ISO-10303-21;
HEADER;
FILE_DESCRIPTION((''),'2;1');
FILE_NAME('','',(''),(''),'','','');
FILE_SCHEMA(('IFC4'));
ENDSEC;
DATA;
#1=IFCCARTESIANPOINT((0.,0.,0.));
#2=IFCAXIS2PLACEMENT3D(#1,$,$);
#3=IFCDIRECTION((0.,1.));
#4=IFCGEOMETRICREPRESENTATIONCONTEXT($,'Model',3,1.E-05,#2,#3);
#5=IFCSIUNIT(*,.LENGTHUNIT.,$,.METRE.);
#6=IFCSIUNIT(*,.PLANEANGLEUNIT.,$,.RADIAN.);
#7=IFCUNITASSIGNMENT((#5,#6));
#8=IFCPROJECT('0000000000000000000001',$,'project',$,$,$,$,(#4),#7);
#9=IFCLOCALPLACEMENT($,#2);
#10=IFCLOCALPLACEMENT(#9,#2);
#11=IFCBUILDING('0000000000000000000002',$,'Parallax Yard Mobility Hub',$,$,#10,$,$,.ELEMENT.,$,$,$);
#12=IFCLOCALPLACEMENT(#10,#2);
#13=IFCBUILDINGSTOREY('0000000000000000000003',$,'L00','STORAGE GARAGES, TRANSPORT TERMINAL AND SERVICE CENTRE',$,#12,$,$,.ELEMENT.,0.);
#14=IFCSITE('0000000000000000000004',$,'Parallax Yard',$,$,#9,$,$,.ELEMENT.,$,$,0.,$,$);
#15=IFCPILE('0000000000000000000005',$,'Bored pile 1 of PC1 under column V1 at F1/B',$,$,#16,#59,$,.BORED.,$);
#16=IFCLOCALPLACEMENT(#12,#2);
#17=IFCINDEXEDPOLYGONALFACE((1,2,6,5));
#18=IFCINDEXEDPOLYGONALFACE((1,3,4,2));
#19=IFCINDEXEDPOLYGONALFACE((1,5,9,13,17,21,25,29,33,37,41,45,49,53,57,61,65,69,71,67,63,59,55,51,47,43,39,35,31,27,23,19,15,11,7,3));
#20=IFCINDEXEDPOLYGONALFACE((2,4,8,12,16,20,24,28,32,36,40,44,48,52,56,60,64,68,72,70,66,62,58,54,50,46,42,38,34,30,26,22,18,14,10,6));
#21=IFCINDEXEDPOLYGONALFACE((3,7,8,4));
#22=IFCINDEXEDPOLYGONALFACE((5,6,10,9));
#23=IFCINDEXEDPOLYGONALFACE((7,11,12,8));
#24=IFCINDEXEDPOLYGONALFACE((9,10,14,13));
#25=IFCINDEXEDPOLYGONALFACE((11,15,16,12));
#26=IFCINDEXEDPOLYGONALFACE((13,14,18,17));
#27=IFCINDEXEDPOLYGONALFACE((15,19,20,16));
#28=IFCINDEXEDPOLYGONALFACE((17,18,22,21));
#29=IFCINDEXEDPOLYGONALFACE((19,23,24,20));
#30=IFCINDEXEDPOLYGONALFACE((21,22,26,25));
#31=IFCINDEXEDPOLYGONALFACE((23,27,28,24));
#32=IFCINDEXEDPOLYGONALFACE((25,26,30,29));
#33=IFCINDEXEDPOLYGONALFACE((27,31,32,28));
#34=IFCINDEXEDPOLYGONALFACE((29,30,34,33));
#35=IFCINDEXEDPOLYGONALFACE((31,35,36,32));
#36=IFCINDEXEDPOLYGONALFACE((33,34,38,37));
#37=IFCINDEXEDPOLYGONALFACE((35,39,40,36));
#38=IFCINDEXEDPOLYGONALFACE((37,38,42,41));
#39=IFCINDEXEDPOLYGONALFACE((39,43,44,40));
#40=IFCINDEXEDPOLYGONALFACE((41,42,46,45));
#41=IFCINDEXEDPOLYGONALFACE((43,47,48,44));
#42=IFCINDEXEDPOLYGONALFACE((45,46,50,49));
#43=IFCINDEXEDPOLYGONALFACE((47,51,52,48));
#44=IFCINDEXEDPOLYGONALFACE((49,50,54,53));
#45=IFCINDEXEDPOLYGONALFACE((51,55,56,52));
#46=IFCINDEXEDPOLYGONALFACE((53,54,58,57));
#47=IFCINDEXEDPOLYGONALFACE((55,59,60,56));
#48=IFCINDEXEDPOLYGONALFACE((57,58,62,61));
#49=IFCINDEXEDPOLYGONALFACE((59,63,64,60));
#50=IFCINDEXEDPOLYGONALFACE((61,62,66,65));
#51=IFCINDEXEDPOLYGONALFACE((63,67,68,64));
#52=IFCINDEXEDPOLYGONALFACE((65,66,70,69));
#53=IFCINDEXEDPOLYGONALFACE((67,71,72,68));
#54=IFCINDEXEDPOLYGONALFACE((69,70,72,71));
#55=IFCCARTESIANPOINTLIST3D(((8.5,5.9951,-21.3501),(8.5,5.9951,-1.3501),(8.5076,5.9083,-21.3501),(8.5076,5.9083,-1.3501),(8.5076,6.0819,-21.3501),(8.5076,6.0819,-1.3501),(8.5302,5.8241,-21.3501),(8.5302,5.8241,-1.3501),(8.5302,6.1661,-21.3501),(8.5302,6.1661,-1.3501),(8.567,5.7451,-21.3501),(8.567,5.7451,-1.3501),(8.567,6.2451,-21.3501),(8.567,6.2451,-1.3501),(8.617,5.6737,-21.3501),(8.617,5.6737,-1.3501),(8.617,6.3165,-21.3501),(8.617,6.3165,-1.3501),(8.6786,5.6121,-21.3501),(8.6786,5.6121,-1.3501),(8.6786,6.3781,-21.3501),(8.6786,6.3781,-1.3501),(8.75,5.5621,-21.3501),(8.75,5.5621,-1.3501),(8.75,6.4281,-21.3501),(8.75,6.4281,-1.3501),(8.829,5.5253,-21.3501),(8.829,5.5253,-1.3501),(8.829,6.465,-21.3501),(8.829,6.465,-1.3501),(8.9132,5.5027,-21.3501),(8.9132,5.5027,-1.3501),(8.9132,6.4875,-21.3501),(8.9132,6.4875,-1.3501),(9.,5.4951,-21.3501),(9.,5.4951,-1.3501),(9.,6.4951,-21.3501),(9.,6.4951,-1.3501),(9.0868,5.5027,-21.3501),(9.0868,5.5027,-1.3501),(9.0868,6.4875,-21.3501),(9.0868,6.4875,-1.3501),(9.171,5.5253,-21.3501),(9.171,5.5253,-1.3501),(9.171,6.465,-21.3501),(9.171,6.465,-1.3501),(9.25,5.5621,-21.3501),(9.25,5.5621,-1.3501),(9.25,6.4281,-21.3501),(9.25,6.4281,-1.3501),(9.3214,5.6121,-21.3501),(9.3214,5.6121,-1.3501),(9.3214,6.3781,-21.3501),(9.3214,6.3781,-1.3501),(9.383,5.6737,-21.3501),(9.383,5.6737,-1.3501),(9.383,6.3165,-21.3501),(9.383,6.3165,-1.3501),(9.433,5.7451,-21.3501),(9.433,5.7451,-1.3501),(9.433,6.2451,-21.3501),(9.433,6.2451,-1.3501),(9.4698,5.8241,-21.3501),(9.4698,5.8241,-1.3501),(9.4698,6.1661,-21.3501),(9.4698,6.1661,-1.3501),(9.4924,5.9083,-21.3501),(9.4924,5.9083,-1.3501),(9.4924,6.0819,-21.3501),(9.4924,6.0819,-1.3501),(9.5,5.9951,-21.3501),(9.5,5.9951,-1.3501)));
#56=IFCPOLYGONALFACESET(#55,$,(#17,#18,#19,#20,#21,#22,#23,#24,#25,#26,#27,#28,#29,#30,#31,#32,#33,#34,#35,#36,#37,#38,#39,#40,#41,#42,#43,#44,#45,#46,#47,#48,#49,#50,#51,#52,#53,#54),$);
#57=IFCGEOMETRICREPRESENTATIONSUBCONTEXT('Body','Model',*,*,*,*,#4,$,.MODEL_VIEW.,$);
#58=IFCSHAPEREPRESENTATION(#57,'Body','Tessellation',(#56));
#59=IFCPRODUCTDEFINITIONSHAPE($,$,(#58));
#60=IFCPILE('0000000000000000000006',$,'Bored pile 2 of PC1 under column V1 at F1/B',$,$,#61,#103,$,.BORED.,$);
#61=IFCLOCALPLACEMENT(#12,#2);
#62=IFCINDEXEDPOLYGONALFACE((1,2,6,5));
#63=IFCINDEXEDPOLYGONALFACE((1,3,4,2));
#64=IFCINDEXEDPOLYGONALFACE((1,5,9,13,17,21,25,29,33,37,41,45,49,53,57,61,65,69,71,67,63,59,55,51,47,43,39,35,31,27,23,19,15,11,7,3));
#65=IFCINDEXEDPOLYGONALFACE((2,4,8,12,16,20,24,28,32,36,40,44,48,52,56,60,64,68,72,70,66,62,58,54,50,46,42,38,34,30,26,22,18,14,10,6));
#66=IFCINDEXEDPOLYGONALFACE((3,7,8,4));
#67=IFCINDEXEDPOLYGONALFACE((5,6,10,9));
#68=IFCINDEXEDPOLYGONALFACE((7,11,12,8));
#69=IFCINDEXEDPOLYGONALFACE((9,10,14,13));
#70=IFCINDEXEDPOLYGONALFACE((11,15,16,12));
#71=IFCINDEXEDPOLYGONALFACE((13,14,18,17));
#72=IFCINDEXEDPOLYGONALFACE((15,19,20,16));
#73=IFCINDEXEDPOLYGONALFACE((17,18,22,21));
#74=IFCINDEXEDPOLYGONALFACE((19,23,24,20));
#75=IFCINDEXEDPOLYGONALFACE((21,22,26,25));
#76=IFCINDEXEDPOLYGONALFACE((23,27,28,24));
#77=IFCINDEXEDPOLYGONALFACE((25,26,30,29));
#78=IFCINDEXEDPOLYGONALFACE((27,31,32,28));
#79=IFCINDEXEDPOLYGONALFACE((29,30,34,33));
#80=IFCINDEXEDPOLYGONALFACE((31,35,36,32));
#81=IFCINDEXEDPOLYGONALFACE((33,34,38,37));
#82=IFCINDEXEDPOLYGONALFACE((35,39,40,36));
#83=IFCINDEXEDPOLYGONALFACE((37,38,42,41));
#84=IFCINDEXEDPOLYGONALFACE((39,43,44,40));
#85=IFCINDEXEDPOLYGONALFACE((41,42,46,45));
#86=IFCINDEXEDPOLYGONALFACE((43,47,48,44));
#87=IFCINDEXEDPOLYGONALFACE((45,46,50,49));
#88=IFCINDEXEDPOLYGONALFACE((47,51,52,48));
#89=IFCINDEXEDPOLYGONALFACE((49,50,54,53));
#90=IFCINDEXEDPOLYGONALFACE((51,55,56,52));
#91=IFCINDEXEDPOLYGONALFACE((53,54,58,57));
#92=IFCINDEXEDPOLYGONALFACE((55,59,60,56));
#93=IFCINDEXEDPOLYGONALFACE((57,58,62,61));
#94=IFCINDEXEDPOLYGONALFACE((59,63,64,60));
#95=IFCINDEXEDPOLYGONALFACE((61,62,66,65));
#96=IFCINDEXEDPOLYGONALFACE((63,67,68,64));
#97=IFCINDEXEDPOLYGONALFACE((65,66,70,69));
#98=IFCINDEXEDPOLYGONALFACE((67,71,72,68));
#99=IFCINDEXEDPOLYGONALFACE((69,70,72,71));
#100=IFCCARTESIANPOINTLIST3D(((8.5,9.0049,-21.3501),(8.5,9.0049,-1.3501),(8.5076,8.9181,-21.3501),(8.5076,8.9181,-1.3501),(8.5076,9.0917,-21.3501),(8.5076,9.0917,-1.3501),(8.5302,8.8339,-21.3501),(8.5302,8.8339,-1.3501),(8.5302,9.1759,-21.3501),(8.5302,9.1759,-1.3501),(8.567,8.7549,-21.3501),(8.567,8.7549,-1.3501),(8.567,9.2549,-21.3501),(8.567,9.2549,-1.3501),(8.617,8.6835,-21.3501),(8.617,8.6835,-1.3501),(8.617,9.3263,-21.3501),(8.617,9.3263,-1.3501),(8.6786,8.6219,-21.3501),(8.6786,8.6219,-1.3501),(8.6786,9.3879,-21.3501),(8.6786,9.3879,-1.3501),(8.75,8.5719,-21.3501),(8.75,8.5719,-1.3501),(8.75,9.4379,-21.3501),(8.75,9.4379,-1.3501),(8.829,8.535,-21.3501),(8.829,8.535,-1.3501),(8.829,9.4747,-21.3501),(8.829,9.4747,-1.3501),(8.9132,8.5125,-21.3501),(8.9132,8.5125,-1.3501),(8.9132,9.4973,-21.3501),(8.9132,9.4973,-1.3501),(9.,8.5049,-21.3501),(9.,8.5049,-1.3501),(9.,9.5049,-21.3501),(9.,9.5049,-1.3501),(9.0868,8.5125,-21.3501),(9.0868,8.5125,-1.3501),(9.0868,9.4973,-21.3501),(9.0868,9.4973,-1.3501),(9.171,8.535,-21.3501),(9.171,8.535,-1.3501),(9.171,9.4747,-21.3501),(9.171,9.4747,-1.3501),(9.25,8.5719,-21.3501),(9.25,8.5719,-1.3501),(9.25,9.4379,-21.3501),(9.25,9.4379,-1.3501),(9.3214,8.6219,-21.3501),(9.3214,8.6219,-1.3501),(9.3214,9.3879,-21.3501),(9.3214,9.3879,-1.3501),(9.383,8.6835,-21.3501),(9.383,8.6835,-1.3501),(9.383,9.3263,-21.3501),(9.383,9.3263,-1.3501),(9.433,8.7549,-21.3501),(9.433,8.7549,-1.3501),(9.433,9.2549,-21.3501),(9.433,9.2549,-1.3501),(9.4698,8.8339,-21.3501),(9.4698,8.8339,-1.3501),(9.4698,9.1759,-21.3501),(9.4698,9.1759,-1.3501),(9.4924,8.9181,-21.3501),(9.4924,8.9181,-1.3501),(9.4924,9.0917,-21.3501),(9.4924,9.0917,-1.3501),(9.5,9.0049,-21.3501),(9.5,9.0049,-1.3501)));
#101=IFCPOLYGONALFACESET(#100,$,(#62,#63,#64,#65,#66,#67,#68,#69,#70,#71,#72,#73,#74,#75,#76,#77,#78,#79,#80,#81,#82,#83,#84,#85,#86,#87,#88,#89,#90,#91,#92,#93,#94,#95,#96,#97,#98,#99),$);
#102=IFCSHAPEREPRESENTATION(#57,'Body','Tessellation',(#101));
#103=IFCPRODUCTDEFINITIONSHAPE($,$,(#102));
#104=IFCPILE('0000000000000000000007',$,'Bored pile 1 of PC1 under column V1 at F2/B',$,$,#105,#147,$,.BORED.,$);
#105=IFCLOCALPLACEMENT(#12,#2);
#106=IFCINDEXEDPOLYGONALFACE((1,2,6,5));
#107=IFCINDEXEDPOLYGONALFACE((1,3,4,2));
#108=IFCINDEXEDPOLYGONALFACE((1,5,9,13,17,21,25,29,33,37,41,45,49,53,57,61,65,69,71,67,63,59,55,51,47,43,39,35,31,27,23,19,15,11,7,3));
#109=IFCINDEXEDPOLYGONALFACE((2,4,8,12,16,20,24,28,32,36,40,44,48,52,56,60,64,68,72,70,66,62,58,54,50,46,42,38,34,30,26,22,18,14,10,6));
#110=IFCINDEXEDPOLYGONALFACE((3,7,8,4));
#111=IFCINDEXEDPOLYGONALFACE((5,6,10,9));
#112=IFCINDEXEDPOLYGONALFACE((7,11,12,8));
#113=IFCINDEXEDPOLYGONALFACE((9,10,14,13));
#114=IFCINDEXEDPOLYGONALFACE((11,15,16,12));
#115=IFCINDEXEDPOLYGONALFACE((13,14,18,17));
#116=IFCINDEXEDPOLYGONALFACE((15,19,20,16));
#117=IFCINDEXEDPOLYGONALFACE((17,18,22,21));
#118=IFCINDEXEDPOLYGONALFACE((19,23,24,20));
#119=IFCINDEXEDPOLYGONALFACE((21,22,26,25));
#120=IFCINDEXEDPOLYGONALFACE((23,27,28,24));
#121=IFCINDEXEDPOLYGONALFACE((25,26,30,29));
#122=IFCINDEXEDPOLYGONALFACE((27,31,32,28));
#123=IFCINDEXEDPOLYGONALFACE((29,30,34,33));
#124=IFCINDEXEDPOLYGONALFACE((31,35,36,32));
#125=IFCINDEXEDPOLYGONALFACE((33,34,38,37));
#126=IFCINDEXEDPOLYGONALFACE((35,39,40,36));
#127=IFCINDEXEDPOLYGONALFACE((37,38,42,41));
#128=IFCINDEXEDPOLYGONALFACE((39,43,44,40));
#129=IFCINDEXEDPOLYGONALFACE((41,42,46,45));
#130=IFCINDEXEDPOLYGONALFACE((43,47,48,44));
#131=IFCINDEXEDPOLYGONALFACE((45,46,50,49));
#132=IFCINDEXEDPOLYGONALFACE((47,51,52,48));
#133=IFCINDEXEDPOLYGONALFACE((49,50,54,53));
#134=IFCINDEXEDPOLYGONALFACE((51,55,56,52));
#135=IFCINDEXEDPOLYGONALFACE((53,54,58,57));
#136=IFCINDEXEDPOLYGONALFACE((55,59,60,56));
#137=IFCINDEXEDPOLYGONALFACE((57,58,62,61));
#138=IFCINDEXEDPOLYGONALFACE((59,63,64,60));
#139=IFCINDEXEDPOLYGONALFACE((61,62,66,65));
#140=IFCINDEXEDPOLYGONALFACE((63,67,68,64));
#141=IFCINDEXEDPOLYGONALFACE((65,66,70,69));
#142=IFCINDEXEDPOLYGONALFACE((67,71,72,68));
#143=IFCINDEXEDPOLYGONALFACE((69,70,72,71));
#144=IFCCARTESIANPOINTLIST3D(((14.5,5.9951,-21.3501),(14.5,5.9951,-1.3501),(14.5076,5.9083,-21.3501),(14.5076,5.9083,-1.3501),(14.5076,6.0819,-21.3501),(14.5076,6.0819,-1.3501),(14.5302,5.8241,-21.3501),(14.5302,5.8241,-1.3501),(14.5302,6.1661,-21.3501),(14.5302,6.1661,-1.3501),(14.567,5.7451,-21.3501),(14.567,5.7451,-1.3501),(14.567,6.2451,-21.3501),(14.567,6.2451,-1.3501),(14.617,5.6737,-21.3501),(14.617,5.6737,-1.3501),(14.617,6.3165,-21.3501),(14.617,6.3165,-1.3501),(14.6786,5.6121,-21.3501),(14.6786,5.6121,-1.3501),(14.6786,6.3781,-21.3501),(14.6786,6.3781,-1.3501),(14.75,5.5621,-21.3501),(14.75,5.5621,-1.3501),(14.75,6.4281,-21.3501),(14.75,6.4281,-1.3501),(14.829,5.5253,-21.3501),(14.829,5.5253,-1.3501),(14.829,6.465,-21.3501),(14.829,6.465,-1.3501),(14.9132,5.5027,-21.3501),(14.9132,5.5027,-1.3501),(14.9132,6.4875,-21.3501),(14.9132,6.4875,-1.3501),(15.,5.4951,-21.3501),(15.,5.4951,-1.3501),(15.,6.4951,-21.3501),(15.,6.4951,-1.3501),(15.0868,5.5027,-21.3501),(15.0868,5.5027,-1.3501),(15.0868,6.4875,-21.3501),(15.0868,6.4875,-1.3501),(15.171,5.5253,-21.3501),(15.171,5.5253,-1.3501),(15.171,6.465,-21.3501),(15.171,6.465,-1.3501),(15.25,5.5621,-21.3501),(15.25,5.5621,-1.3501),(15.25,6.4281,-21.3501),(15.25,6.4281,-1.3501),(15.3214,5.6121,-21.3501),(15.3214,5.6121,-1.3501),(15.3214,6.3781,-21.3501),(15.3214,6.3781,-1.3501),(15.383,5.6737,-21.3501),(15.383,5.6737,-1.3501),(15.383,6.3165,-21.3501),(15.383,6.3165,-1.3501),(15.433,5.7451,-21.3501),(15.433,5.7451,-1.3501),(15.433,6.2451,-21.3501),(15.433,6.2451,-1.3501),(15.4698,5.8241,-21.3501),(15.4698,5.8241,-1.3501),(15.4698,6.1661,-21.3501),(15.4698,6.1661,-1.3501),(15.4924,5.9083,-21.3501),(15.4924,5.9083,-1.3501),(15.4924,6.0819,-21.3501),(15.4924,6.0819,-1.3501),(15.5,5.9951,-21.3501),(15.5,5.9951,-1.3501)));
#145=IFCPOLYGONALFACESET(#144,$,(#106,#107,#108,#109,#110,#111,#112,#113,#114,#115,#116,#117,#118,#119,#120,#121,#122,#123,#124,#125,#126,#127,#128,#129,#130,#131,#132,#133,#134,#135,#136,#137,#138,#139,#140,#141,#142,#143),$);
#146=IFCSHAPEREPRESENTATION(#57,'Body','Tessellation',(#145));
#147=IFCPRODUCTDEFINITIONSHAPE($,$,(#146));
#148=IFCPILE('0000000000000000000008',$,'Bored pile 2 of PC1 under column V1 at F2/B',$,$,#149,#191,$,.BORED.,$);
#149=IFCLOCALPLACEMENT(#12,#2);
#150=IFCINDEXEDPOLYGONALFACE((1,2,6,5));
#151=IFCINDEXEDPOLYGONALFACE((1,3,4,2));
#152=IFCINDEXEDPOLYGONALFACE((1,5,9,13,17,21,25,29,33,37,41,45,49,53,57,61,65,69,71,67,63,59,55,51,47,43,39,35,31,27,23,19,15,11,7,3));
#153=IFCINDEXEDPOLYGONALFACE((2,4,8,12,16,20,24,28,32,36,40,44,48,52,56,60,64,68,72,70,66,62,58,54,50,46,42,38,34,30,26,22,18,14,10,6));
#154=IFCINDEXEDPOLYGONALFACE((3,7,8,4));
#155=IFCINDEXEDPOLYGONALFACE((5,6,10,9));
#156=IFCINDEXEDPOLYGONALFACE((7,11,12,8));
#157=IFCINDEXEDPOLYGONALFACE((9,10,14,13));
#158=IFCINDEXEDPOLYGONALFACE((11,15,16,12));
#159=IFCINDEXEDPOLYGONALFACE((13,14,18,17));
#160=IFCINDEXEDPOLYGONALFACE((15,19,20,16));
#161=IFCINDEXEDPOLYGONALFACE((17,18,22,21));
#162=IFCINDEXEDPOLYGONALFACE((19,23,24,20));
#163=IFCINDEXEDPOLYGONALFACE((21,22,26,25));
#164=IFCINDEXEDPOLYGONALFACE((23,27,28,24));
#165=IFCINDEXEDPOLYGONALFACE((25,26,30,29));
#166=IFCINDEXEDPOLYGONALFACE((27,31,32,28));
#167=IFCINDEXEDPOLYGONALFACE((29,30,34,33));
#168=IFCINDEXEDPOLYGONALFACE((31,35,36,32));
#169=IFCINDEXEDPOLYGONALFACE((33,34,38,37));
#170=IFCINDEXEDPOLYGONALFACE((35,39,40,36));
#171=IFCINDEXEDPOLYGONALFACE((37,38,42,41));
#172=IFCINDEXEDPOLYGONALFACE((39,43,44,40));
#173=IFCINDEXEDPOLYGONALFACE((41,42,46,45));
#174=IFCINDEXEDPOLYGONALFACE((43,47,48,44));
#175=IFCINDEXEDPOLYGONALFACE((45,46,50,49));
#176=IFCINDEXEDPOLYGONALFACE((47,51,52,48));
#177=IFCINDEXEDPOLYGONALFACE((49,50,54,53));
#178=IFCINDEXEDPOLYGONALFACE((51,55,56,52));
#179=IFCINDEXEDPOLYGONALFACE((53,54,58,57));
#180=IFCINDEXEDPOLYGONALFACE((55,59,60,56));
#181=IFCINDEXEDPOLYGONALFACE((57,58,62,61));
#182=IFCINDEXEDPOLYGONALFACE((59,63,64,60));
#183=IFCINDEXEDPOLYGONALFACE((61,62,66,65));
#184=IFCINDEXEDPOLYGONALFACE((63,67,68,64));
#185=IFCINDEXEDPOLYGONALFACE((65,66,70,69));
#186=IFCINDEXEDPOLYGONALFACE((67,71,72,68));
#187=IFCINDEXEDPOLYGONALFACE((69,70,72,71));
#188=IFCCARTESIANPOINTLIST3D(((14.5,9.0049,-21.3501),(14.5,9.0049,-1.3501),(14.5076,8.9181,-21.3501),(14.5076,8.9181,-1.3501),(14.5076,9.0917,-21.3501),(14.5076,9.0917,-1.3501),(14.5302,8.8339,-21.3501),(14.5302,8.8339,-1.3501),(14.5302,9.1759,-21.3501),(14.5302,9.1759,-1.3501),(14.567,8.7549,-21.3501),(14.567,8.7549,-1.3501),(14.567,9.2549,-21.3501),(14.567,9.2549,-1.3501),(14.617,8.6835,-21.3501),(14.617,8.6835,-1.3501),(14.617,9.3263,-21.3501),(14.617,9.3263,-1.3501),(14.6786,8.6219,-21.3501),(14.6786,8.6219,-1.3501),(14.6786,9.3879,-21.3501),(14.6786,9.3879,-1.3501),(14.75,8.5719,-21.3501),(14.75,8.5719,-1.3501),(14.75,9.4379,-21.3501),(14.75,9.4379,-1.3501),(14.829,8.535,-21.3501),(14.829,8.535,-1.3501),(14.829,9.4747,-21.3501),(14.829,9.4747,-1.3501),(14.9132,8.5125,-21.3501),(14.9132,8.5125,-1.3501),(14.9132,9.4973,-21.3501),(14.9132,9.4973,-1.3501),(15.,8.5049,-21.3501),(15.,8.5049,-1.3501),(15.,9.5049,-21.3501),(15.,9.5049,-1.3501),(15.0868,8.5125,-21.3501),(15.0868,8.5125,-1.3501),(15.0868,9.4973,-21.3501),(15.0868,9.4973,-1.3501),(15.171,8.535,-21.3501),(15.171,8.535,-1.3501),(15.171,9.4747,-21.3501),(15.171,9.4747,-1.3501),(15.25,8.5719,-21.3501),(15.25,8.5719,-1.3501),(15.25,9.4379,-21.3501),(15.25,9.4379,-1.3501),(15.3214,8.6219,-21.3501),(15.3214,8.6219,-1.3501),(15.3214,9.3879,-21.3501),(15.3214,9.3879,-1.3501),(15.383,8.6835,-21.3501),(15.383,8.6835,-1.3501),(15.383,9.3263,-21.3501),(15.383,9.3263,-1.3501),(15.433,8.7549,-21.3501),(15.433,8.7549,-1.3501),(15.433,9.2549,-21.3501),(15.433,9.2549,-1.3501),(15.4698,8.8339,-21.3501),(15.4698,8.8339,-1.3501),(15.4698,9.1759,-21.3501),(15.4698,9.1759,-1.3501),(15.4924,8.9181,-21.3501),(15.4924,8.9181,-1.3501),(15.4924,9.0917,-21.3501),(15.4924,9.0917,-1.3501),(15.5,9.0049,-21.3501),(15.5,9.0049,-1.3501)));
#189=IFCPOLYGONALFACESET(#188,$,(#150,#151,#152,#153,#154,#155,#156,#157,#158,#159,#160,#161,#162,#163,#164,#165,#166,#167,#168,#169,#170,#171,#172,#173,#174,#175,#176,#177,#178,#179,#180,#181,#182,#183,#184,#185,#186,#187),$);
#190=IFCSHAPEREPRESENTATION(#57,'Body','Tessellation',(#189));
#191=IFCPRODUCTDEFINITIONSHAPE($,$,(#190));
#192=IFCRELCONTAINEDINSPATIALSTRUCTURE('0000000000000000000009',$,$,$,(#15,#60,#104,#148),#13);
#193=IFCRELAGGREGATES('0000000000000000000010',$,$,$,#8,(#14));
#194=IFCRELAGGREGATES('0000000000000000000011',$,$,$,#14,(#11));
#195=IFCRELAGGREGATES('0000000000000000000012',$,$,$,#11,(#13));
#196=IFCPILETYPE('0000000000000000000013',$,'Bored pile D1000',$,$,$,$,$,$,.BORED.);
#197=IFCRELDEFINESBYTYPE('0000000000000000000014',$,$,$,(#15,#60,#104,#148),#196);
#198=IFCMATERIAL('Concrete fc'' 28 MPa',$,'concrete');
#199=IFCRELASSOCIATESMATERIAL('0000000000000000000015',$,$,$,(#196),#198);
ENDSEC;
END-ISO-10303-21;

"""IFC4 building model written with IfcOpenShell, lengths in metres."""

from ifc_helpers import new_model, si_unit, direction, frame, origin, origin_2d, place, context, subcontext, project, spatial, circle, extrude, material, material_profile, profile_set, type_object, element, save


model = new_model("IFC4")

# Units and contexts
model_context = context("Model", 3, precision=1e-05, world=origin(), true_north=direction((0.0, 1.0)))
body_context = subcontext(model_context, "Body", "Model", "MODEL_VIEW")
ifc_project = project(units=[si_unit("LENGTHUNIT", "METRE"), si_unit("PLANEANGLEUNIT", "RADIAN")], contexts=[model_context])

# Site, building, storey
site_placement = place(None, origin())
site = spatial("IfcSite", under=ifc_project, at=site_placement, Name="Parallax Yard", CompositionType="ELEMENT", RefElevation=0.0)
building_placement = place(site_placement, origin())
building = spatial("IfcBuilding", under=site, at=building_placement, Name="Parallax Yard Mobility Hub", CompositionType="ELEMENT")
storey_placement = place(building_placement, origin())
storey = spatial("IfcBuildingStorey", under=building, at=storey_placement, Name="L00", Description="STORAGE GARAGES, TRANSPORT TERMINAL AND SERVICE CENTRE", CompositionType="ELEMENT", Elevation=0.0)

# Piles
ifc_material_1 = material(Name="Concrete fc' 28 MPa", Category="concrete")
ifc_material_profile_1 = material_profile(ifc_material_1, circle(Radius=0.5, at=origin_2d()), Name="Bored pile D1000")
ifc_profile_set_1 = profile_set([ifc_material_profile_1], Name="Concrete fc' 28 MPa")
pile_type = type_object("IfcPileType", Name="Bored pile D1000", PredefinedType="BORED", material=ifc_profile_set_1)
for number, where, z_axis, x_axis, name in (
    (1, (9.0, 5.9951, -1.3501), (0.0, 0.0, -1.0), (1.0, 0.0, 0.0), "Bored pile 1 of PC1 under column V1 at F1/B"),
    (2, (9.0, 9.0049, -1.3501), (0.0, 0.0, -1.0), (1.0, 0.0, 0.0), "Bored pile 2 of PC1 under column V1 at F1/B"),
    (3, (15.0, 5.9951, -1.3501), (0.0, 0.0, -1.0), (1.0, 0.0, 0.0), "Bored pile 1 of PC1 under column V1 at F2/B"),
    (4, (15.0, 9.0049, -1.3501), (0.0, 0.0, -1.0), (1.0, 0.0, 0.0), "Bored pile 2 of PC1 under column V1 at F2/B"),
):
    element("IfcPile", number, at=place(storey_placement, frame(where, z_axis=z_axis, x_axis=x_axis)), inside=storey, type_object=pile_type, Name=name, PredefinedType="BORED", context=body_context, shape_type="SweptSolid", body=[
        extrude(circle(Radius=0.5, at=origin_2d()), origin(), (0.0, 0.0, 1.0), 20.0),
    ])

save(model, "model.ifc")
